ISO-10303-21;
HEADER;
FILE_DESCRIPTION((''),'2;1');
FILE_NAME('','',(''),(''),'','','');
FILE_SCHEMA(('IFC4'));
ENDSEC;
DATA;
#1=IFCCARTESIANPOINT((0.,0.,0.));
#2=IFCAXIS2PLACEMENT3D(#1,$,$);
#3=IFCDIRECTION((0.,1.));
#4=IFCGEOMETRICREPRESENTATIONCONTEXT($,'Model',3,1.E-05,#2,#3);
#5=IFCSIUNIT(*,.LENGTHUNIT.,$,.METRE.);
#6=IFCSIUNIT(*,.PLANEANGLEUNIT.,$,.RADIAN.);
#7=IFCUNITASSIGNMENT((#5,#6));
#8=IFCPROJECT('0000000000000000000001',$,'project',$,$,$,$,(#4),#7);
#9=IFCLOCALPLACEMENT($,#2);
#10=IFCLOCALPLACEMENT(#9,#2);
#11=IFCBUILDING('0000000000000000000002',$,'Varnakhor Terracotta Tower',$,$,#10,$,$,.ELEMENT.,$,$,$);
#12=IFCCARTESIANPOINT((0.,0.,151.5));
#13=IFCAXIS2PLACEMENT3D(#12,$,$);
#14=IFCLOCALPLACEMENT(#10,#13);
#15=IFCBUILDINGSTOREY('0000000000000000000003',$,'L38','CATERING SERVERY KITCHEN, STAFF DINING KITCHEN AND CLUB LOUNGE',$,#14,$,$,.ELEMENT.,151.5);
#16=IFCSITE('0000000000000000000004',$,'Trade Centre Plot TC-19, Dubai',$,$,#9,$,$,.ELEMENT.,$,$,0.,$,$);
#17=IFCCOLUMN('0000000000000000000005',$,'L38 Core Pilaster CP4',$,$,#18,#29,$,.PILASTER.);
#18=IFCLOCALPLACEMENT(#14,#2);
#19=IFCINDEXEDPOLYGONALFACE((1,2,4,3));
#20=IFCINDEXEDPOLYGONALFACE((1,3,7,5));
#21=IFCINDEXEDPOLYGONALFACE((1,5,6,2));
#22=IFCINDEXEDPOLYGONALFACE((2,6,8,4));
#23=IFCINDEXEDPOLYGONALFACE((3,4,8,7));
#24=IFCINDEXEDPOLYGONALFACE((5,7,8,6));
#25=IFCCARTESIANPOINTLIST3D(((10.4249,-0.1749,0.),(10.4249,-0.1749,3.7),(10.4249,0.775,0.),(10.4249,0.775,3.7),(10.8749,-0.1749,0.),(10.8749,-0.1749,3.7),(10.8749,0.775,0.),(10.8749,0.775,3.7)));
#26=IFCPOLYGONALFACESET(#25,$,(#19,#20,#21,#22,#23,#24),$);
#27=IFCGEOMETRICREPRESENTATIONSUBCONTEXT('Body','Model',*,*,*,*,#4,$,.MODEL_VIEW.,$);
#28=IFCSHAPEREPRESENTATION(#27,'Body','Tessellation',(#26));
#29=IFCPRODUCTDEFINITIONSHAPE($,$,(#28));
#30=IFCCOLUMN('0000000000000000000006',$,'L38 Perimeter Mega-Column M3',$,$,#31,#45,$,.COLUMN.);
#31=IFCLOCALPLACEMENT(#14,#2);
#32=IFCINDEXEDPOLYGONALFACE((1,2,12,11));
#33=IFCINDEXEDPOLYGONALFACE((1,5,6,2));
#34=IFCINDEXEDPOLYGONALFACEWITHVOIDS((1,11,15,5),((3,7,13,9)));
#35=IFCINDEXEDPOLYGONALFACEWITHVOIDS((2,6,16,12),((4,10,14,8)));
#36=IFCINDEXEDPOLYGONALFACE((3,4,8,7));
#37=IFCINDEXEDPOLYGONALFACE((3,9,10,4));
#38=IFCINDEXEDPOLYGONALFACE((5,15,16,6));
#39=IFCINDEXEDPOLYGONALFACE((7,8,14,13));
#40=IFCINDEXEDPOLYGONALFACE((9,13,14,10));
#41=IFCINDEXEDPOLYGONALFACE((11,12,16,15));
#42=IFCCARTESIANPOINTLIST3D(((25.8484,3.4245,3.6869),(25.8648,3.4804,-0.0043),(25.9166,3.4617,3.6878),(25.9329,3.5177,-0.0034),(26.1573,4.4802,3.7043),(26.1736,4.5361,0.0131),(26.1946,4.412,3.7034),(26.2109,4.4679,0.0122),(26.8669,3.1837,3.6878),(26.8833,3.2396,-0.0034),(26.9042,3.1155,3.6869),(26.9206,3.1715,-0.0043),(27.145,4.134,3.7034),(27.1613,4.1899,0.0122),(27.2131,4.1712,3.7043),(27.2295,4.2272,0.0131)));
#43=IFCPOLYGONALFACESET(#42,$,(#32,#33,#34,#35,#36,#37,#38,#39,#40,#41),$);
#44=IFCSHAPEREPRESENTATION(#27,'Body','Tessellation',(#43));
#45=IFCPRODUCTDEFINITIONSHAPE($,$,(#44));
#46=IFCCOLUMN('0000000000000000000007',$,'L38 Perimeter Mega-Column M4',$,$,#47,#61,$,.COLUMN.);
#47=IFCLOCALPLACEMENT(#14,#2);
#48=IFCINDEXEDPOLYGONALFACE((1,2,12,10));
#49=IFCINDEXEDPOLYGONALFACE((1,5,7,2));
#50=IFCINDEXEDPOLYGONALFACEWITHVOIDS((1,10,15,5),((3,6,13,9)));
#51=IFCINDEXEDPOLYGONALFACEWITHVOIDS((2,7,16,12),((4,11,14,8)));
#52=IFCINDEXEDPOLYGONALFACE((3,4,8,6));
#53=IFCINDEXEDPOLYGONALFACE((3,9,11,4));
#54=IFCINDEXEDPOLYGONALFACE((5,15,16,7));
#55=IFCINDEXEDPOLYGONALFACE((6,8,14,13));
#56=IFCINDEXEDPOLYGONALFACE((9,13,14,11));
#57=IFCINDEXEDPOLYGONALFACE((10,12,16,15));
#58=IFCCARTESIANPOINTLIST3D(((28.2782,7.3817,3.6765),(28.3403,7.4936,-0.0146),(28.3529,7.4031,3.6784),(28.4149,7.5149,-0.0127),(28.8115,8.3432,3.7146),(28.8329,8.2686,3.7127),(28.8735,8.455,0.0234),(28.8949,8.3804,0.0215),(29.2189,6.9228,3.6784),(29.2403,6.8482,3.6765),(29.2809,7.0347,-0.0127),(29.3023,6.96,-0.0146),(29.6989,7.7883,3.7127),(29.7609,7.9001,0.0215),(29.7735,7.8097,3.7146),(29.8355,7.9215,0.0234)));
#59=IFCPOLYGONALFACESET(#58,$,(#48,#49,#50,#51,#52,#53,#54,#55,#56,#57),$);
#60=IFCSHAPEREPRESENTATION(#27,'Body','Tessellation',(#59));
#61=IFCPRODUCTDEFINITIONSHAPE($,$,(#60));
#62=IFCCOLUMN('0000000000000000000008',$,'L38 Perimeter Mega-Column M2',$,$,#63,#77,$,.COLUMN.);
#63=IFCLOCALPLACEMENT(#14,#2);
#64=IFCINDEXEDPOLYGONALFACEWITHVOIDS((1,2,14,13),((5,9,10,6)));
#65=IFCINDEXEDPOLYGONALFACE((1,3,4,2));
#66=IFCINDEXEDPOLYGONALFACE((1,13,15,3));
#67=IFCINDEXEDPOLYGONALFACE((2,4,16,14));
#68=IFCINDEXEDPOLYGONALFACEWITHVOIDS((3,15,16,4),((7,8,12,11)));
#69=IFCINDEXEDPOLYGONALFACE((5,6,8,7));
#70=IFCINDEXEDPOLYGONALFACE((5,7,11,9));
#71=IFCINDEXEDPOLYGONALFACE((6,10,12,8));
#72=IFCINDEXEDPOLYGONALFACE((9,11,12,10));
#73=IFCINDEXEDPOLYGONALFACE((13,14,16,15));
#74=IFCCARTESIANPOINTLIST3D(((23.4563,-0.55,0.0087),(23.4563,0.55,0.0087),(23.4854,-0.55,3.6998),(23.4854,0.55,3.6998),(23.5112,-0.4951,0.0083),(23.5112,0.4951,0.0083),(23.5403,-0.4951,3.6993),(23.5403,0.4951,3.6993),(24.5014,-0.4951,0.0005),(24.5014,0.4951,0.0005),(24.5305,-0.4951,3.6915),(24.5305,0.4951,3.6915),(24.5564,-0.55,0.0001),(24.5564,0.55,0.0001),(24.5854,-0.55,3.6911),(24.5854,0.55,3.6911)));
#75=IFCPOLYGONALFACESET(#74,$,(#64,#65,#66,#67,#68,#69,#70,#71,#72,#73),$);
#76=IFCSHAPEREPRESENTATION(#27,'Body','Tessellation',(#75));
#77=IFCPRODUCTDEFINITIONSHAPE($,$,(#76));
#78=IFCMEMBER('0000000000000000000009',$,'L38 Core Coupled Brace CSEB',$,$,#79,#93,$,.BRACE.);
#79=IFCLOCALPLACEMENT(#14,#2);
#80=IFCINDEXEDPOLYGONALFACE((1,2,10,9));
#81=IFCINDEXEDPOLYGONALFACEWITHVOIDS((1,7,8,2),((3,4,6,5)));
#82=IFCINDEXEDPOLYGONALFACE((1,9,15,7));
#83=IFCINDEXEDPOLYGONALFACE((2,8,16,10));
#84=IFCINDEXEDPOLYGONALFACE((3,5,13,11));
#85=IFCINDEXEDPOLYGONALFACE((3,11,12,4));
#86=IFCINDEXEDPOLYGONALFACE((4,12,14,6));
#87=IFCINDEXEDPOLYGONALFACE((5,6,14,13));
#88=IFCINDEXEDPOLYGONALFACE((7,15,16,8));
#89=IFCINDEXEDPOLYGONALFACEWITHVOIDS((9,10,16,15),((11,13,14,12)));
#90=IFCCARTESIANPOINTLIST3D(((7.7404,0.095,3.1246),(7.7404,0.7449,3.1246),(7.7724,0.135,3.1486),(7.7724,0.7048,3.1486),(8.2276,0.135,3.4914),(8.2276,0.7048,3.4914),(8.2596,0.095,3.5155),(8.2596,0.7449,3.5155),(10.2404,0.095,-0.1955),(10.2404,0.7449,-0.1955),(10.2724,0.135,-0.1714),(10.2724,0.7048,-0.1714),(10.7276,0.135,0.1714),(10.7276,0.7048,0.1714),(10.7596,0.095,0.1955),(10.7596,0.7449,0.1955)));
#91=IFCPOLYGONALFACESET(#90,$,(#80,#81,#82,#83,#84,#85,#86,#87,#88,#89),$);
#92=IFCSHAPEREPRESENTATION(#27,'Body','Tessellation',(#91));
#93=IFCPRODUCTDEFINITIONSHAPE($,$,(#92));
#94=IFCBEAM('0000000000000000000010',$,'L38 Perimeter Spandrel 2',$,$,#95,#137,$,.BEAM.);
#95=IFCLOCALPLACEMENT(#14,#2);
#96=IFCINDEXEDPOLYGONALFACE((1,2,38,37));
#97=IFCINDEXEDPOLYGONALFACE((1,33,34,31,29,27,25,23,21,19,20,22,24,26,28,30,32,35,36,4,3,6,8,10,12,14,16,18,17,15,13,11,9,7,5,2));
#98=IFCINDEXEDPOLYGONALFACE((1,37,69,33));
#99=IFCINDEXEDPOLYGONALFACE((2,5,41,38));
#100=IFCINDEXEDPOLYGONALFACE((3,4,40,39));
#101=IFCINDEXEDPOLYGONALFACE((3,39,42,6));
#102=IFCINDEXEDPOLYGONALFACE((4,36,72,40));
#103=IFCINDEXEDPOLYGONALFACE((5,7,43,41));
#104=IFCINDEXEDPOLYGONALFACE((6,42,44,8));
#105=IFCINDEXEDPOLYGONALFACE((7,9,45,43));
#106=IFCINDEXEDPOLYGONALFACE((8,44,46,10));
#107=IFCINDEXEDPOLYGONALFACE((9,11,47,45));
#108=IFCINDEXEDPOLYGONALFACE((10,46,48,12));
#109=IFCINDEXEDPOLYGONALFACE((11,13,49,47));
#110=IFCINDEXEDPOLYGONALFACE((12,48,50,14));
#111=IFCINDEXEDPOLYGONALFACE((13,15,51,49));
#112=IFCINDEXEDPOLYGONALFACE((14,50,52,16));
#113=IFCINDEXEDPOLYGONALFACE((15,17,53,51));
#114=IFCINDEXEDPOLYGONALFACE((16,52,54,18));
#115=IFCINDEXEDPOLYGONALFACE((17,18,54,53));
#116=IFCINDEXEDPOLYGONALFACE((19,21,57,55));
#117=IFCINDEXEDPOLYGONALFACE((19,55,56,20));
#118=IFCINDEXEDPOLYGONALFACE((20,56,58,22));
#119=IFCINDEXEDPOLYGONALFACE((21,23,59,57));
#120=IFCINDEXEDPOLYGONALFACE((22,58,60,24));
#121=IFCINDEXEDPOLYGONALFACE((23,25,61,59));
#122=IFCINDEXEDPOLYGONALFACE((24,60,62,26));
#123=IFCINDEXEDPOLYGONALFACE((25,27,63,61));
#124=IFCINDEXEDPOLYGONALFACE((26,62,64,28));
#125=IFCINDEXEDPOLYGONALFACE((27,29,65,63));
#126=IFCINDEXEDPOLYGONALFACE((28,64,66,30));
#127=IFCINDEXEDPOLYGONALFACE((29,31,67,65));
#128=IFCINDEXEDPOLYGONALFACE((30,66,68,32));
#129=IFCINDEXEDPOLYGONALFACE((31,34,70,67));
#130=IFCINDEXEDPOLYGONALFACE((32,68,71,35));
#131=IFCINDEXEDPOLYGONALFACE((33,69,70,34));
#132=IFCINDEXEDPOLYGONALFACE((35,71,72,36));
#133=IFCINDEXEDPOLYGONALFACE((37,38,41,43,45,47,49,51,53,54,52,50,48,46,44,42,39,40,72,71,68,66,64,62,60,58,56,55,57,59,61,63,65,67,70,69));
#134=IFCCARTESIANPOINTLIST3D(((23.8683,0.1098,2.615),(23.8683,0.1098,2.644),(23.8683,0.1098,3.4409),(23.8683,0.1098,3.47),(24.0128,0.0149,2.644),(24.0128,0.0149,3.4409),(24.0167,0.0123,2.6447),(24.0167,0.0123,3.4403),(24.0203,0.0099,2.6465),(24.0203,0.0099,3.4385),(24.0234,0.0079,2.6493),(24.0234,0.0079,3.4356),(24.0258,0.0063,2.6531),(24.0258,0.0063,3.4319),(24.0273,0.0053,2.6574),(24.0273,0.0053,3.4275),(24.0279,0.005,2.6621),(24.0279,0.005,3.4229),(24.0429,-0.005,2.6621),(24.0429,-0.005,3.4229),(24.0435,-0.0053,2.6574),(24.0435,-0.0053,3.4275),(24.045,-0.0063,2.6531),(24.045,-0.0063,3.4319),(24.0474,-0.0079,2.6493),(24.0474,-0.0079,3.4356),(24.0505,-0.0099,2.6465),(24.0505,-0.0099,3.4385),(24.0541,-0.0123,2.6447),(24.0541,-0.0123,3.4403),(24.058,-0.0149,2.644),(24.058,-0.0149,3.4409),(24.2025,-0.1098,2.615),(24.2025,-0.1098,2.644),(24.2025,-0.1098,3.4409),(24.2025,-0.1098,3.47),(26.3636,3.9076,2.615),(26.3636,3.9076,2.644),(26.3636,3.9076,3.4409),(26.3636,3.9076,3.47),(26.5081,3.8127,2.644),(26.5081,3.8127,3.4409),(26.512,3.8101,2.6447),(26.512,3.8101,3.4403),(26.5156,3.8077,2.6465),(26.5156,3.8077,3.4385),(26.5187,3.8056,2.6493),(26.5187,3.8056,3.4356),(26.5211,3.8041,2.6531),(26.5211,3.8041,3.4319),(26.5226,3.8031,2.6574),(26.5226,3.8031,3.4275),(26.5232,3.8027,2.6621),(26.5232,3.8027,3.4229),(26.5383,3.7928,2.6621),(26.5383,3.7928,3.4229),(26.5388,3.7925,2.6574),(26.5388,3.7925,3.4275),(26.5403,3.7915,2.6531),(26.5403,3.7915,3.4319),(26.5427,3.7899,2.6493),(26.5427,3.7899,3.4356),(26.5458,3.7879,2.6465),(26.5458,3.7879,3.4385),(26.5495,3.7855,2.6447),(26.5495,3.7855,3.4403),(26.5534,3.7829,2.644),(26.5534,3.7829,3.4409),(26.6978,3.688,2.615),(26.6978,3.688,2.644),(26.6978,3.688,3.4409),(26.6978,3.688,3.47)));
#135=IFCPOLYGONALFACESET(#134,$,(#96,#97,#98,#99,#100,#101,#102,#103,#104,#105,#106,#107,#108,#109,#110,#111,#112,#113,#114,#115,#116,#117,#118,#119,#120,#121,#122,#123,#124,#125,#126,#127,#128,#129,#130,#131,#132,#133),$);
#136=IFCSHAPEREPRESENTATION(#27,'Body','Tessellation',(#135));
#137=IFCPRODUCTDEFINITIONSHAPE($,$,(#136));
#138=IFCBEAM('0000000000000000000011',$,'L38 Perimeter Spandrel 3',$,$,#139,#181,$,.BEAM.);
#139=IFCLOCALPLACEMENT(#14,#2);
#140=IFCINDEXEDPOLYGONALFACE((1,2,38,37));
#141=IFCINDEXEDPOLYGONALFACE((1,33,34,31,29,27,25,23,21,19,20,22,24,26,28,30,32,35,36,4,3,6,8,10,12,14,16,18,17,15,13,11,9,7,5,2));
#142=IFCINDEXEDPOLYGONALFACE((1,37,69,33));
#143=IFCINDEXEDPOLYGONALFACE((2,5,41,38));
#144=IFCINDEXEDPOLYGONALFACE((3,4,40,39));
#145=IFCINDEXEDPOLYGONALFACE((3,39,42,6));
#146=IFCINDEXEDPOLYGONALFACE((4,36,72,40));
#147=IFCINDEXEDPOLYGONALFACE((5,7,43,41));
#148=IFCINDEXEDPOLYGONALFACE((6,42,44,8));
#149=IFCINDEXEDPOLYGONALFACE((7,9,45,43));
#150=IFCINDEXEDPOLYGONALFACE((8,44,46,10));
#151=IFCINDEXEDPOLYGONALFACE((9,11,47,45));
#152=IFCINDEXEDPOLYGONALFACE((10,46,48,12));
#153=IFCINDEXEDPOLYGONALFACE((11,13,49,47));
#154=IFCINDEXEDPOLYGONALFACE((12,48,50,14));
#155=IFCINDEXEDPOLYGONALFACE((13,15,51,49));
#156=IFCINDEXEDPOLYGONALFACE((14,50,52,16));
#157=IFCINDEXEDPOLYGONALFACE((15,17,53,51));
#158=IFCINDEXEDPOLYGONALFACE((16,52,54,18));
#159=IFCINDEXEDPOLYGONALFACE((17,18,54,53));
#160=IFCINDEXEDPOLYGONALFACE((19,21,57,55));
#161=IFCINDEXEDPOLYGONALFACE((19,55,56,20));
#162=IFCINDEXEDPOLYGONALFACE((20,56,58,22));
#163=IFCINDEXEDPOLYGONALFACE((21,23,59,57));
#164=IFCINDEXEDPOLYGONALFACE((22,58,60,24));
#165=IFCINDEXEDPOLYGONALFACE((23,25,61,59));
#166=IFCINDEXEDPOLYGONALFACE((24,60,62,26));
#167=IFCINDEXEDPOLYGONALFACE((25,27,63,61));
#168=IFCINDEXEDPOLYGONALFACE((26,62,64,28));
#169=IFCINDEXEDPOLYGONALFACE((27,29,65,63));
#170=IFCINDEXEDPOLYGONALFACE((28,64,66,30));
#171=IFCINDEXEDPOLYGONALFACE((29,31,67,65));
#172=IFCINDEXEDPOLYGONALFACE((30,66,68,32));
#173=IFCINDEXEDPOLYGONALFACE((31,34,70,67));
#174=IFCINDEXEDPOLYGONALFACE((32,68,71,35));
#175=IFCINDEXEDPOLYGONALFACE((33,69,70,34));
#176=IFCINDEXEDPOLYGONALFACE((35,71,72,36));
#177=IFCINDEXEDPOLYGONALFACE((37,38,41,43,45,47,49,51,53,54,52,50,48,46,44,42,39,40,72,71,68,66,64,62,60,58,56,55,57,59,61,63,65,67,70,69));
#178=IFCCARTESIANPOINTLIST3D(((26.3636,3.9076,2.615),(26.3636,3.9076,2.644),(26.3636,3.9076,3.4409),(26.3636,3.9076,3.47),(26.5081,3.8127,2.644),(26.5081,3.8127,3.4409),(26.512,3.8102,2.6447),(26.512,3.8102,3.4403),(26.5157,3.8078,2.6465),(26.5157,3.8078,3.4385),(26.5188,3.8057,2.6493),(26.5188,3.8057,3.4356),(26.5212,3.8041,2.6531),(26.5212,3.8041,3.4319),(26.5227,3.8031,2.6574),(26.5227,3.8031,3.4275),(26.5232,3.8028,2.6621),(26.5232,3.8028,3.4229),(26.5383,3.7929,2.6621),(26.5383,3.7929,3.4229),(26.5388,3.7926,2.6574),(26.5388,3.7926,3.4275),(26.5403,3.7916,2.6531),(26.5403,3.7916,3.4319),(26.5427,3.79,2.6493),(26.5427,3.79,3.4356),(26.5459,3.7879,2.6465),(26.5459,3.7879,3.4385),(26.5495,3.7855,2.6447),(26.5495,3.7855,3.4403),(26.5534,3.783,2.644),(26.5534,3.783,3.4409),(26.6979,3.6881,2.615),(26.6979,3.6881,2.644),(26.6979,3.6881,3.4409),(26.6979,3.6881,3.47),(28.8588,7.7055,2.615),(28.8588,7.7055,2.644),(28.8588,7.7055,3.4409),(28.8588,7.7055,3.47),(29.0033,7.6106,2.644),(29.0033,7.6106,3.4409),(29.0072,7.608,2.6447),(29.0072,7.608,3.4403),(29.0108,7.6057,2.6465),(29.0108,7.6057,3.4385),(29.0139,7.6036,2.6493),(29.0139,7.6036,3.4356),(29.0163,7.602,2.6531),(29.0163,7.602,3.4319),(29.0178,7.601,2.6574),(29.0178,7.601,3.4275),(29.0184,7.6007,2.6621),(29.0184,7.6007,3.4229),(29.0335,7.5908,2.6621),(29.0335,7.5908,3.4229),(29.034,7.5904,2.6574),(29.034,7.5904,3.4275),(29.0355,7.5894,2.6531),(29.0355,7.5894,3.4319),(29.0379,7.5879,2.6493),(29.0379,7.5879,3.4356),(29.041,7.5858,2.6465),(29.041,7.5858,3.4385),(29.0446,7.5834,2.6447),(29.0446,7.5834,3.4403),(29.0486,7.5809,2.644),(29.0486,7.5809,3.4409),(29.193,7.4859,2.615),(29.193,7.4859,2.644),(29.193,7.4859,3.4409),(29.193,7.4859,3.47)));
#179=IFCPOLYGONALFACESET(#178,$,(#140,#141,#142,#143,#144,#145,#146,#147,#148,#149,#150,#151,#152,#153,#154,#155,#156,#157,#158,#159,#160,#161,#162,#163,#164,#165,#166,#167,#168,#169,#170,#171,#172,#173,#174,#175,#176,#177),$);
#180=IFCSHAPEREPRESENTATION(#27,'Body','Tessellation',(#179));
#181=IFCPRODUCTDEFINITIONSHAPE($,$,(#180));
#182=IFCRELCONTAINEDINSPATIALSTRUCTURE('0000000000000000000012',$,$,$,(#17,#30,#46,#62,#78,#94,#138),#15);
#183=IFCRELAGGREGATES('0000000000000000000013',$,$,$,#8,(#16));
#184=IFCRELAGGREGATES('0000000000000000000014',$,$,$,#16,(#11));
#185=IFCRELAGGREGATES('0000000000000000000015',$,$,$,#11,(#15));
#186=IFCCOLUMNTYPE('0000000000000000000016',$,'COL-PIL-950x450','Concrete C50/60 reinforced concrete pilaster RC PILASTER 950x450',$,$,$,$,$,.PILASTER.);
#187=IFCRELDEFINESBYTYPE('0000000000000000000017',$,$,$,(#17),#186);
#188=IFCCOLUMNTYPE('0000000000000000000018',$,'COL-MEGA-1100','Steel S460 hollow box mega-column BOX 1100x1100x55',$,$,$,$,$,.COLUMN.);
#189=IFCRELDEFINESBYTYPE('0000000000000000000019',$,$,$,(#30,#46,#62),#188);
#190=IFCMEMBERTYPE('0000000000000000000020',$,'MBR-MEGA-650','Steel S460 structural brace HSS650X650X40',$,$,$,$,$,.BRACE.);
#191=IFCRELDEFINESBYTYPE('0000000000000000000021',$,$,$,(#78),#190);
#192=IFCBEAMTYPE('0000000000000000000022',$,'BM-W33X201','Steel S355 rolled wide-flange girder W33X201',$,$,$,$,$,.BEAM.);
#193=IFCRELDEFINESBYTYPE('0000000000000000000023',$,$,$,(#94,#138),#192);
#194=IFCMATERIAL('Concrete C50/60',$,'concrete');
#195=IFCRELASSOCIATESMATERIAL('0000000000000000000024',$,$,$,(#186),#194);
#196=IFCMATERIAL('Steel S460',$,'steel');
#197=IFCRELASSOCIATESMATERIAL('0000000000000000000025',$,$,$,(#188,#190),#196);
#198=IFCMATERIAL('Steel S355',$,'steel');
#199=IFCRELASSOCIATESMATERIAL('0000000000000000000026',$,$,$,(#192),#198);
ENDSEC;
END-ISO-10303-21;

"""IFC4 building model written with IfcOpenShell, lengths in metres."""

from ifc_helpers import new_model, si_unit, direction, frame, origin, origin_2d, place, context, subcontext, project, spatial, rectangle, hollow_rectangle, i_section, extrude, source, transform, mapped, material, material_profile, profile_set, type_object, element, save


model = new_model("IFC4")

# Units and contexts
model_context = context("Model", 3, precision=1e-05, world=origin(), true_north=direction((0.0, 1.0)))
body_context = subcontext(model_context, "Body", "Model", "MODEL_VIEW")
ifc_project = project(units=[si_unit("LENGTHUNIT", "METRE"), si_unit("PLANEANGLEUNIT", "RADIAN")], contexts=[model_context])

# Site, building, storey
site_placement = place(None, origin())
site = spatial("IfcSite", under=ifc_project, at=site_placement, Name="Trade Centre Plot TC-19, Dubai", CompositionType="ELEMENT", RefElevation=0.0)
building_placement = place(site_placement, origin())
building = spatial("IfcBuilding", under=site, at=building_placement, Name="Varnakhor Terracotta Tower", CompositionType="ELEMENT")
storey_placement = place(building_placement, frame((0.0, 0.0, 151.5)))
storey = spatial("IfcBuildingStorey", under=building, at=storey_placement, Name="L38", Description="CATERING SERVERY KITCHEN, STAFF DINING KITCHEN AND CLUB LOUNGE", CompositionType="ELEMENT", Elevation=151.5)

# Columns
ifc_material_1 = material(Name="Concrete C50/60", Category="concrete")
ifc_material_profile_1 = material_profile(ifc_material_1, rectangle(XDim=0.45, YDim=0.95, at=origin_2d()), Name="RC PILASTER 950x450")
ifc_profile_set_1 = profile_set([ifc_material_profile_1], Name="Concrete C50/60")
column_type_1 = type_object("IfcColumnType", Name="COL-PIL-950x450", Description="Concrete C50/60 reinforced concrete pilaster RC PILASTER 950x450", PredefinedType="PILASTER", material=ifc_profile_set_1)
shared_shape_1 = source(origin(), body_context, "Body", "SweptSolid", [
    extrude(rectangle(XDim=0.45, YDim=0.95, at=origin_2d()), origin(), (0.0, 0.0, 1.0), 3.7),
])
column_1_placement = place(storey_placement, frame((10.6499, 0.3, 0.0), z_axis=(0.0, 0.0, 1.0), x_axis=(1.0, 0.0, 0.0)))
element("IfcColumn", 1, at=column_1_placement, inside=storey, type_object=column_type_1, Name="L38 Core Pilaster CP4", PredefinedType="PILASTER", context=body_context, shape_type="MappedRepresentation", body=[
    mapped(shared_shape_1, transform((0.0, 0.0, 0.0), scale=1.0)),
])
ifc_material_2 = material(Name="Steel S460", Category="steel")
ifc_material_profile_2 = material_profile(ifc_material_2, hollow_rectangle(XDim=1.1001, YDim=1.1001, WallThickness=0.0549, at=origin_2d()), Name="BOX 1100x1100x55")
ifc_profile_set_2 = profile_set([ifc_material_profile_2], Name="Steel S460")
column_type_2 = type_object("IfcColumnType", Name="COL-MEGA-1100", Description="Steel S460 hollow box mega-column BOX 1100x1100x55", PredefinedType="COLUMN", material=ifc_profile_set_2)
shared_shape_2 = source(origin(), body_context, "Body", "SweptSolid", [
    extrude(hollow_rectangle(XDim=1.1001, YDim=1.1001, WallThickness=0.0549, at=origin_2d()), origin(), (0.0, 0.0, 1.0), 3.6917),
])
column_2_placement = place(storey_placement, frame((26.5471, 3.8538, 0.0044), z_axis=(-0.004431, -0.015145, 0.999875), x_axis=(0.959765, -0.280805, 0.0)))
element("IfcColumn", 2, at=column_2_placement, inside=storey, type_object=column_type_2, Name="L38 Perimeter Mega-Column M3", PredefinedType="COLUMN", context=body_context, shape_type="MappedRepresentation", body=[
    mapped(shared_shape_2, transform((0.0, 0.0, 0.0), scale=1.0)),
])
shared_shape_3 = source(origin(), body_context, "Body", "SweptSolid", [
    extrude(hollow_rectangle(XDim=1.1001, YDim=1.1001, WallThickness=0.0549, at=origin_2d()), origin(), (0.0, 0.0, 1.0), 3.6934),
])
column_3_placement = place(storey_placement, frame((29.0879, 7.7075, 0.0044), z_axis=(-0.01679, -0.030275, 0.999401), x_axis=(0.874517, -0.484994, 0.0)))
element("IfcColumn", 3, at=column_3_placement, inside=storey, type_object=column_type_2, Name="L38 Perimeter Mega-Column M4", PredefinedType="COLUMN", context=body_context, shape_type="MappedRepresentation", body=[
    mapped(shared_shape_3, transform((0.0, 0.0, 0.0), scale=1.0)),
])
shared_shape_4 = source(origin(), body_context, "Body", "SweptSolid", [
    extrude(hollow_rectangle(XDim=1.1001, YDim=1.1001, WallThickness=0.0549, at=origin_2d()), origin(), (0.0, 0.0, 1.0), 3.6912),
])
column_4_placement = place(storey_placement, frame((24.0063, 0.0, 0.0044), z_axis=(0.007871, 0.0, 0.999969), x_axis=(0.0, 1.0, 0.0)))
element("IfcColumn", 4, at=column_4_placement, inside=storey, type_object=column_type_2, Name="L38 Perimeter Mega-Column M2", PredefinedType="COLUMN", context=body_context, shape_type="MappedRepresentation", body=[
    mapped(shared_shape_4, transform((0.0, 0.0, 0.0), scale=1.0)),
])

# Member
ifc_material_profile_3 = material_profile(ifc_material_2, hollow_rectangle(XDim=0.6499, YDim=0.6499, WallThickness=0.04, at=origin_2d()), Name="HSS650X650X40")
ifc_profile_set_3 = profile_set([ifc_material_profile_3], Name="Steel S460")
member_type_1 = type_object("IfcMemberType", Name="MBR-MEGA-650", Description="Steel S460 structural brace HSS650X650X40", PredefinedType="BRACE", material=ifc_profile_set_3)
shared_shape_5 = source(origin(), body_context, "Body", "SweptSolid", [
    extrude(hollow_rectangle(XDim=0.6499, YDim=0.6499, WallThickness=0.04, at=origin_2d()), origin(), (0.0, 0.0, 1.0), 4.156),
])
member_1_placement = place(storey_placement, frame((10.5, 0.4199, 0.0), z_axis=(-0.601531, 0.0, 0.79885), x_axis=(0.0, -1.0, 0.0)))
element("IfcMember", 5, at=member_1_placement, inside=storey, type_object=member_type_1, Name="L38 Core Coupled Brace CSEB", PredefinedType="BRACE", context=body_context, shape_type="MappedRepresentation", body=[
    mapped(shared_shape_5, transform((0.0, 0.0, 0.0), scale=1.0)),
])

# Beams
ifc_material_3 = material(Name="Steel S355", Category="steel")
ifc_material_profile_4 = material_profile(ifc_material_3, i_section(OverallWidth=0.3999, OverallDepth=0.855, WebThickness=0.0181, FlangeThickness=0.0291, FilletRadius=0.0181, at=origin_2d()), Name="W33X201")
ifc_profile_set_4 = profile_set([ifc_material_profile_4], Name="Steel S355")
beam_type_1 = type_object("IfcBeamType", Name="BM-W33X201", Description="Steel S355 rolled wide-flange girder W33X201", PredefinedType="BEAM", material=ifc_profile_set_4)
shared_shape_6 = source(origin(), body_context, "Body", "SweptSolid", [
    extrude(i_section(OverallWidth=0.3999, OverallDepth=0.855, WebThickness=0.0181, FlangeThickness=0.0291, FilletRadius=0.0181, at=origin_2d()), origin(), (0.0, 0.0, 1.0), 4.5442),
])
for number, where, z_axis, x_axis, name in (
    (6, (24.0354, 0.0, 3.0425), (0.549121, 0.835743, 0.0), (-0.835743, 0.549121, 0.0), "L38 Perimeter Spandrel 2"),
    (7, (26.5308, 3.7979, 3.0425), (0.549084, 0.835767, 0.0), (-0.835767, 0.549084, 0.0), "L38 Perimeter Spandrel 3"),
):
    element("IfcBeam", number, at=place(storey_placement, frame(where, z_axis=z_axis, x_axis=x_axis)), inside=storey, type_object=beam_type_1, Name=name, PredefinedType="BEAM", context=body_context, shape_type="MappedRepresentation", body=[
        mapped(shared_shape_6, transform((0.0, 0.0, 0.0), scale=1.0)),
    ])

save(model, "model.ifc")
